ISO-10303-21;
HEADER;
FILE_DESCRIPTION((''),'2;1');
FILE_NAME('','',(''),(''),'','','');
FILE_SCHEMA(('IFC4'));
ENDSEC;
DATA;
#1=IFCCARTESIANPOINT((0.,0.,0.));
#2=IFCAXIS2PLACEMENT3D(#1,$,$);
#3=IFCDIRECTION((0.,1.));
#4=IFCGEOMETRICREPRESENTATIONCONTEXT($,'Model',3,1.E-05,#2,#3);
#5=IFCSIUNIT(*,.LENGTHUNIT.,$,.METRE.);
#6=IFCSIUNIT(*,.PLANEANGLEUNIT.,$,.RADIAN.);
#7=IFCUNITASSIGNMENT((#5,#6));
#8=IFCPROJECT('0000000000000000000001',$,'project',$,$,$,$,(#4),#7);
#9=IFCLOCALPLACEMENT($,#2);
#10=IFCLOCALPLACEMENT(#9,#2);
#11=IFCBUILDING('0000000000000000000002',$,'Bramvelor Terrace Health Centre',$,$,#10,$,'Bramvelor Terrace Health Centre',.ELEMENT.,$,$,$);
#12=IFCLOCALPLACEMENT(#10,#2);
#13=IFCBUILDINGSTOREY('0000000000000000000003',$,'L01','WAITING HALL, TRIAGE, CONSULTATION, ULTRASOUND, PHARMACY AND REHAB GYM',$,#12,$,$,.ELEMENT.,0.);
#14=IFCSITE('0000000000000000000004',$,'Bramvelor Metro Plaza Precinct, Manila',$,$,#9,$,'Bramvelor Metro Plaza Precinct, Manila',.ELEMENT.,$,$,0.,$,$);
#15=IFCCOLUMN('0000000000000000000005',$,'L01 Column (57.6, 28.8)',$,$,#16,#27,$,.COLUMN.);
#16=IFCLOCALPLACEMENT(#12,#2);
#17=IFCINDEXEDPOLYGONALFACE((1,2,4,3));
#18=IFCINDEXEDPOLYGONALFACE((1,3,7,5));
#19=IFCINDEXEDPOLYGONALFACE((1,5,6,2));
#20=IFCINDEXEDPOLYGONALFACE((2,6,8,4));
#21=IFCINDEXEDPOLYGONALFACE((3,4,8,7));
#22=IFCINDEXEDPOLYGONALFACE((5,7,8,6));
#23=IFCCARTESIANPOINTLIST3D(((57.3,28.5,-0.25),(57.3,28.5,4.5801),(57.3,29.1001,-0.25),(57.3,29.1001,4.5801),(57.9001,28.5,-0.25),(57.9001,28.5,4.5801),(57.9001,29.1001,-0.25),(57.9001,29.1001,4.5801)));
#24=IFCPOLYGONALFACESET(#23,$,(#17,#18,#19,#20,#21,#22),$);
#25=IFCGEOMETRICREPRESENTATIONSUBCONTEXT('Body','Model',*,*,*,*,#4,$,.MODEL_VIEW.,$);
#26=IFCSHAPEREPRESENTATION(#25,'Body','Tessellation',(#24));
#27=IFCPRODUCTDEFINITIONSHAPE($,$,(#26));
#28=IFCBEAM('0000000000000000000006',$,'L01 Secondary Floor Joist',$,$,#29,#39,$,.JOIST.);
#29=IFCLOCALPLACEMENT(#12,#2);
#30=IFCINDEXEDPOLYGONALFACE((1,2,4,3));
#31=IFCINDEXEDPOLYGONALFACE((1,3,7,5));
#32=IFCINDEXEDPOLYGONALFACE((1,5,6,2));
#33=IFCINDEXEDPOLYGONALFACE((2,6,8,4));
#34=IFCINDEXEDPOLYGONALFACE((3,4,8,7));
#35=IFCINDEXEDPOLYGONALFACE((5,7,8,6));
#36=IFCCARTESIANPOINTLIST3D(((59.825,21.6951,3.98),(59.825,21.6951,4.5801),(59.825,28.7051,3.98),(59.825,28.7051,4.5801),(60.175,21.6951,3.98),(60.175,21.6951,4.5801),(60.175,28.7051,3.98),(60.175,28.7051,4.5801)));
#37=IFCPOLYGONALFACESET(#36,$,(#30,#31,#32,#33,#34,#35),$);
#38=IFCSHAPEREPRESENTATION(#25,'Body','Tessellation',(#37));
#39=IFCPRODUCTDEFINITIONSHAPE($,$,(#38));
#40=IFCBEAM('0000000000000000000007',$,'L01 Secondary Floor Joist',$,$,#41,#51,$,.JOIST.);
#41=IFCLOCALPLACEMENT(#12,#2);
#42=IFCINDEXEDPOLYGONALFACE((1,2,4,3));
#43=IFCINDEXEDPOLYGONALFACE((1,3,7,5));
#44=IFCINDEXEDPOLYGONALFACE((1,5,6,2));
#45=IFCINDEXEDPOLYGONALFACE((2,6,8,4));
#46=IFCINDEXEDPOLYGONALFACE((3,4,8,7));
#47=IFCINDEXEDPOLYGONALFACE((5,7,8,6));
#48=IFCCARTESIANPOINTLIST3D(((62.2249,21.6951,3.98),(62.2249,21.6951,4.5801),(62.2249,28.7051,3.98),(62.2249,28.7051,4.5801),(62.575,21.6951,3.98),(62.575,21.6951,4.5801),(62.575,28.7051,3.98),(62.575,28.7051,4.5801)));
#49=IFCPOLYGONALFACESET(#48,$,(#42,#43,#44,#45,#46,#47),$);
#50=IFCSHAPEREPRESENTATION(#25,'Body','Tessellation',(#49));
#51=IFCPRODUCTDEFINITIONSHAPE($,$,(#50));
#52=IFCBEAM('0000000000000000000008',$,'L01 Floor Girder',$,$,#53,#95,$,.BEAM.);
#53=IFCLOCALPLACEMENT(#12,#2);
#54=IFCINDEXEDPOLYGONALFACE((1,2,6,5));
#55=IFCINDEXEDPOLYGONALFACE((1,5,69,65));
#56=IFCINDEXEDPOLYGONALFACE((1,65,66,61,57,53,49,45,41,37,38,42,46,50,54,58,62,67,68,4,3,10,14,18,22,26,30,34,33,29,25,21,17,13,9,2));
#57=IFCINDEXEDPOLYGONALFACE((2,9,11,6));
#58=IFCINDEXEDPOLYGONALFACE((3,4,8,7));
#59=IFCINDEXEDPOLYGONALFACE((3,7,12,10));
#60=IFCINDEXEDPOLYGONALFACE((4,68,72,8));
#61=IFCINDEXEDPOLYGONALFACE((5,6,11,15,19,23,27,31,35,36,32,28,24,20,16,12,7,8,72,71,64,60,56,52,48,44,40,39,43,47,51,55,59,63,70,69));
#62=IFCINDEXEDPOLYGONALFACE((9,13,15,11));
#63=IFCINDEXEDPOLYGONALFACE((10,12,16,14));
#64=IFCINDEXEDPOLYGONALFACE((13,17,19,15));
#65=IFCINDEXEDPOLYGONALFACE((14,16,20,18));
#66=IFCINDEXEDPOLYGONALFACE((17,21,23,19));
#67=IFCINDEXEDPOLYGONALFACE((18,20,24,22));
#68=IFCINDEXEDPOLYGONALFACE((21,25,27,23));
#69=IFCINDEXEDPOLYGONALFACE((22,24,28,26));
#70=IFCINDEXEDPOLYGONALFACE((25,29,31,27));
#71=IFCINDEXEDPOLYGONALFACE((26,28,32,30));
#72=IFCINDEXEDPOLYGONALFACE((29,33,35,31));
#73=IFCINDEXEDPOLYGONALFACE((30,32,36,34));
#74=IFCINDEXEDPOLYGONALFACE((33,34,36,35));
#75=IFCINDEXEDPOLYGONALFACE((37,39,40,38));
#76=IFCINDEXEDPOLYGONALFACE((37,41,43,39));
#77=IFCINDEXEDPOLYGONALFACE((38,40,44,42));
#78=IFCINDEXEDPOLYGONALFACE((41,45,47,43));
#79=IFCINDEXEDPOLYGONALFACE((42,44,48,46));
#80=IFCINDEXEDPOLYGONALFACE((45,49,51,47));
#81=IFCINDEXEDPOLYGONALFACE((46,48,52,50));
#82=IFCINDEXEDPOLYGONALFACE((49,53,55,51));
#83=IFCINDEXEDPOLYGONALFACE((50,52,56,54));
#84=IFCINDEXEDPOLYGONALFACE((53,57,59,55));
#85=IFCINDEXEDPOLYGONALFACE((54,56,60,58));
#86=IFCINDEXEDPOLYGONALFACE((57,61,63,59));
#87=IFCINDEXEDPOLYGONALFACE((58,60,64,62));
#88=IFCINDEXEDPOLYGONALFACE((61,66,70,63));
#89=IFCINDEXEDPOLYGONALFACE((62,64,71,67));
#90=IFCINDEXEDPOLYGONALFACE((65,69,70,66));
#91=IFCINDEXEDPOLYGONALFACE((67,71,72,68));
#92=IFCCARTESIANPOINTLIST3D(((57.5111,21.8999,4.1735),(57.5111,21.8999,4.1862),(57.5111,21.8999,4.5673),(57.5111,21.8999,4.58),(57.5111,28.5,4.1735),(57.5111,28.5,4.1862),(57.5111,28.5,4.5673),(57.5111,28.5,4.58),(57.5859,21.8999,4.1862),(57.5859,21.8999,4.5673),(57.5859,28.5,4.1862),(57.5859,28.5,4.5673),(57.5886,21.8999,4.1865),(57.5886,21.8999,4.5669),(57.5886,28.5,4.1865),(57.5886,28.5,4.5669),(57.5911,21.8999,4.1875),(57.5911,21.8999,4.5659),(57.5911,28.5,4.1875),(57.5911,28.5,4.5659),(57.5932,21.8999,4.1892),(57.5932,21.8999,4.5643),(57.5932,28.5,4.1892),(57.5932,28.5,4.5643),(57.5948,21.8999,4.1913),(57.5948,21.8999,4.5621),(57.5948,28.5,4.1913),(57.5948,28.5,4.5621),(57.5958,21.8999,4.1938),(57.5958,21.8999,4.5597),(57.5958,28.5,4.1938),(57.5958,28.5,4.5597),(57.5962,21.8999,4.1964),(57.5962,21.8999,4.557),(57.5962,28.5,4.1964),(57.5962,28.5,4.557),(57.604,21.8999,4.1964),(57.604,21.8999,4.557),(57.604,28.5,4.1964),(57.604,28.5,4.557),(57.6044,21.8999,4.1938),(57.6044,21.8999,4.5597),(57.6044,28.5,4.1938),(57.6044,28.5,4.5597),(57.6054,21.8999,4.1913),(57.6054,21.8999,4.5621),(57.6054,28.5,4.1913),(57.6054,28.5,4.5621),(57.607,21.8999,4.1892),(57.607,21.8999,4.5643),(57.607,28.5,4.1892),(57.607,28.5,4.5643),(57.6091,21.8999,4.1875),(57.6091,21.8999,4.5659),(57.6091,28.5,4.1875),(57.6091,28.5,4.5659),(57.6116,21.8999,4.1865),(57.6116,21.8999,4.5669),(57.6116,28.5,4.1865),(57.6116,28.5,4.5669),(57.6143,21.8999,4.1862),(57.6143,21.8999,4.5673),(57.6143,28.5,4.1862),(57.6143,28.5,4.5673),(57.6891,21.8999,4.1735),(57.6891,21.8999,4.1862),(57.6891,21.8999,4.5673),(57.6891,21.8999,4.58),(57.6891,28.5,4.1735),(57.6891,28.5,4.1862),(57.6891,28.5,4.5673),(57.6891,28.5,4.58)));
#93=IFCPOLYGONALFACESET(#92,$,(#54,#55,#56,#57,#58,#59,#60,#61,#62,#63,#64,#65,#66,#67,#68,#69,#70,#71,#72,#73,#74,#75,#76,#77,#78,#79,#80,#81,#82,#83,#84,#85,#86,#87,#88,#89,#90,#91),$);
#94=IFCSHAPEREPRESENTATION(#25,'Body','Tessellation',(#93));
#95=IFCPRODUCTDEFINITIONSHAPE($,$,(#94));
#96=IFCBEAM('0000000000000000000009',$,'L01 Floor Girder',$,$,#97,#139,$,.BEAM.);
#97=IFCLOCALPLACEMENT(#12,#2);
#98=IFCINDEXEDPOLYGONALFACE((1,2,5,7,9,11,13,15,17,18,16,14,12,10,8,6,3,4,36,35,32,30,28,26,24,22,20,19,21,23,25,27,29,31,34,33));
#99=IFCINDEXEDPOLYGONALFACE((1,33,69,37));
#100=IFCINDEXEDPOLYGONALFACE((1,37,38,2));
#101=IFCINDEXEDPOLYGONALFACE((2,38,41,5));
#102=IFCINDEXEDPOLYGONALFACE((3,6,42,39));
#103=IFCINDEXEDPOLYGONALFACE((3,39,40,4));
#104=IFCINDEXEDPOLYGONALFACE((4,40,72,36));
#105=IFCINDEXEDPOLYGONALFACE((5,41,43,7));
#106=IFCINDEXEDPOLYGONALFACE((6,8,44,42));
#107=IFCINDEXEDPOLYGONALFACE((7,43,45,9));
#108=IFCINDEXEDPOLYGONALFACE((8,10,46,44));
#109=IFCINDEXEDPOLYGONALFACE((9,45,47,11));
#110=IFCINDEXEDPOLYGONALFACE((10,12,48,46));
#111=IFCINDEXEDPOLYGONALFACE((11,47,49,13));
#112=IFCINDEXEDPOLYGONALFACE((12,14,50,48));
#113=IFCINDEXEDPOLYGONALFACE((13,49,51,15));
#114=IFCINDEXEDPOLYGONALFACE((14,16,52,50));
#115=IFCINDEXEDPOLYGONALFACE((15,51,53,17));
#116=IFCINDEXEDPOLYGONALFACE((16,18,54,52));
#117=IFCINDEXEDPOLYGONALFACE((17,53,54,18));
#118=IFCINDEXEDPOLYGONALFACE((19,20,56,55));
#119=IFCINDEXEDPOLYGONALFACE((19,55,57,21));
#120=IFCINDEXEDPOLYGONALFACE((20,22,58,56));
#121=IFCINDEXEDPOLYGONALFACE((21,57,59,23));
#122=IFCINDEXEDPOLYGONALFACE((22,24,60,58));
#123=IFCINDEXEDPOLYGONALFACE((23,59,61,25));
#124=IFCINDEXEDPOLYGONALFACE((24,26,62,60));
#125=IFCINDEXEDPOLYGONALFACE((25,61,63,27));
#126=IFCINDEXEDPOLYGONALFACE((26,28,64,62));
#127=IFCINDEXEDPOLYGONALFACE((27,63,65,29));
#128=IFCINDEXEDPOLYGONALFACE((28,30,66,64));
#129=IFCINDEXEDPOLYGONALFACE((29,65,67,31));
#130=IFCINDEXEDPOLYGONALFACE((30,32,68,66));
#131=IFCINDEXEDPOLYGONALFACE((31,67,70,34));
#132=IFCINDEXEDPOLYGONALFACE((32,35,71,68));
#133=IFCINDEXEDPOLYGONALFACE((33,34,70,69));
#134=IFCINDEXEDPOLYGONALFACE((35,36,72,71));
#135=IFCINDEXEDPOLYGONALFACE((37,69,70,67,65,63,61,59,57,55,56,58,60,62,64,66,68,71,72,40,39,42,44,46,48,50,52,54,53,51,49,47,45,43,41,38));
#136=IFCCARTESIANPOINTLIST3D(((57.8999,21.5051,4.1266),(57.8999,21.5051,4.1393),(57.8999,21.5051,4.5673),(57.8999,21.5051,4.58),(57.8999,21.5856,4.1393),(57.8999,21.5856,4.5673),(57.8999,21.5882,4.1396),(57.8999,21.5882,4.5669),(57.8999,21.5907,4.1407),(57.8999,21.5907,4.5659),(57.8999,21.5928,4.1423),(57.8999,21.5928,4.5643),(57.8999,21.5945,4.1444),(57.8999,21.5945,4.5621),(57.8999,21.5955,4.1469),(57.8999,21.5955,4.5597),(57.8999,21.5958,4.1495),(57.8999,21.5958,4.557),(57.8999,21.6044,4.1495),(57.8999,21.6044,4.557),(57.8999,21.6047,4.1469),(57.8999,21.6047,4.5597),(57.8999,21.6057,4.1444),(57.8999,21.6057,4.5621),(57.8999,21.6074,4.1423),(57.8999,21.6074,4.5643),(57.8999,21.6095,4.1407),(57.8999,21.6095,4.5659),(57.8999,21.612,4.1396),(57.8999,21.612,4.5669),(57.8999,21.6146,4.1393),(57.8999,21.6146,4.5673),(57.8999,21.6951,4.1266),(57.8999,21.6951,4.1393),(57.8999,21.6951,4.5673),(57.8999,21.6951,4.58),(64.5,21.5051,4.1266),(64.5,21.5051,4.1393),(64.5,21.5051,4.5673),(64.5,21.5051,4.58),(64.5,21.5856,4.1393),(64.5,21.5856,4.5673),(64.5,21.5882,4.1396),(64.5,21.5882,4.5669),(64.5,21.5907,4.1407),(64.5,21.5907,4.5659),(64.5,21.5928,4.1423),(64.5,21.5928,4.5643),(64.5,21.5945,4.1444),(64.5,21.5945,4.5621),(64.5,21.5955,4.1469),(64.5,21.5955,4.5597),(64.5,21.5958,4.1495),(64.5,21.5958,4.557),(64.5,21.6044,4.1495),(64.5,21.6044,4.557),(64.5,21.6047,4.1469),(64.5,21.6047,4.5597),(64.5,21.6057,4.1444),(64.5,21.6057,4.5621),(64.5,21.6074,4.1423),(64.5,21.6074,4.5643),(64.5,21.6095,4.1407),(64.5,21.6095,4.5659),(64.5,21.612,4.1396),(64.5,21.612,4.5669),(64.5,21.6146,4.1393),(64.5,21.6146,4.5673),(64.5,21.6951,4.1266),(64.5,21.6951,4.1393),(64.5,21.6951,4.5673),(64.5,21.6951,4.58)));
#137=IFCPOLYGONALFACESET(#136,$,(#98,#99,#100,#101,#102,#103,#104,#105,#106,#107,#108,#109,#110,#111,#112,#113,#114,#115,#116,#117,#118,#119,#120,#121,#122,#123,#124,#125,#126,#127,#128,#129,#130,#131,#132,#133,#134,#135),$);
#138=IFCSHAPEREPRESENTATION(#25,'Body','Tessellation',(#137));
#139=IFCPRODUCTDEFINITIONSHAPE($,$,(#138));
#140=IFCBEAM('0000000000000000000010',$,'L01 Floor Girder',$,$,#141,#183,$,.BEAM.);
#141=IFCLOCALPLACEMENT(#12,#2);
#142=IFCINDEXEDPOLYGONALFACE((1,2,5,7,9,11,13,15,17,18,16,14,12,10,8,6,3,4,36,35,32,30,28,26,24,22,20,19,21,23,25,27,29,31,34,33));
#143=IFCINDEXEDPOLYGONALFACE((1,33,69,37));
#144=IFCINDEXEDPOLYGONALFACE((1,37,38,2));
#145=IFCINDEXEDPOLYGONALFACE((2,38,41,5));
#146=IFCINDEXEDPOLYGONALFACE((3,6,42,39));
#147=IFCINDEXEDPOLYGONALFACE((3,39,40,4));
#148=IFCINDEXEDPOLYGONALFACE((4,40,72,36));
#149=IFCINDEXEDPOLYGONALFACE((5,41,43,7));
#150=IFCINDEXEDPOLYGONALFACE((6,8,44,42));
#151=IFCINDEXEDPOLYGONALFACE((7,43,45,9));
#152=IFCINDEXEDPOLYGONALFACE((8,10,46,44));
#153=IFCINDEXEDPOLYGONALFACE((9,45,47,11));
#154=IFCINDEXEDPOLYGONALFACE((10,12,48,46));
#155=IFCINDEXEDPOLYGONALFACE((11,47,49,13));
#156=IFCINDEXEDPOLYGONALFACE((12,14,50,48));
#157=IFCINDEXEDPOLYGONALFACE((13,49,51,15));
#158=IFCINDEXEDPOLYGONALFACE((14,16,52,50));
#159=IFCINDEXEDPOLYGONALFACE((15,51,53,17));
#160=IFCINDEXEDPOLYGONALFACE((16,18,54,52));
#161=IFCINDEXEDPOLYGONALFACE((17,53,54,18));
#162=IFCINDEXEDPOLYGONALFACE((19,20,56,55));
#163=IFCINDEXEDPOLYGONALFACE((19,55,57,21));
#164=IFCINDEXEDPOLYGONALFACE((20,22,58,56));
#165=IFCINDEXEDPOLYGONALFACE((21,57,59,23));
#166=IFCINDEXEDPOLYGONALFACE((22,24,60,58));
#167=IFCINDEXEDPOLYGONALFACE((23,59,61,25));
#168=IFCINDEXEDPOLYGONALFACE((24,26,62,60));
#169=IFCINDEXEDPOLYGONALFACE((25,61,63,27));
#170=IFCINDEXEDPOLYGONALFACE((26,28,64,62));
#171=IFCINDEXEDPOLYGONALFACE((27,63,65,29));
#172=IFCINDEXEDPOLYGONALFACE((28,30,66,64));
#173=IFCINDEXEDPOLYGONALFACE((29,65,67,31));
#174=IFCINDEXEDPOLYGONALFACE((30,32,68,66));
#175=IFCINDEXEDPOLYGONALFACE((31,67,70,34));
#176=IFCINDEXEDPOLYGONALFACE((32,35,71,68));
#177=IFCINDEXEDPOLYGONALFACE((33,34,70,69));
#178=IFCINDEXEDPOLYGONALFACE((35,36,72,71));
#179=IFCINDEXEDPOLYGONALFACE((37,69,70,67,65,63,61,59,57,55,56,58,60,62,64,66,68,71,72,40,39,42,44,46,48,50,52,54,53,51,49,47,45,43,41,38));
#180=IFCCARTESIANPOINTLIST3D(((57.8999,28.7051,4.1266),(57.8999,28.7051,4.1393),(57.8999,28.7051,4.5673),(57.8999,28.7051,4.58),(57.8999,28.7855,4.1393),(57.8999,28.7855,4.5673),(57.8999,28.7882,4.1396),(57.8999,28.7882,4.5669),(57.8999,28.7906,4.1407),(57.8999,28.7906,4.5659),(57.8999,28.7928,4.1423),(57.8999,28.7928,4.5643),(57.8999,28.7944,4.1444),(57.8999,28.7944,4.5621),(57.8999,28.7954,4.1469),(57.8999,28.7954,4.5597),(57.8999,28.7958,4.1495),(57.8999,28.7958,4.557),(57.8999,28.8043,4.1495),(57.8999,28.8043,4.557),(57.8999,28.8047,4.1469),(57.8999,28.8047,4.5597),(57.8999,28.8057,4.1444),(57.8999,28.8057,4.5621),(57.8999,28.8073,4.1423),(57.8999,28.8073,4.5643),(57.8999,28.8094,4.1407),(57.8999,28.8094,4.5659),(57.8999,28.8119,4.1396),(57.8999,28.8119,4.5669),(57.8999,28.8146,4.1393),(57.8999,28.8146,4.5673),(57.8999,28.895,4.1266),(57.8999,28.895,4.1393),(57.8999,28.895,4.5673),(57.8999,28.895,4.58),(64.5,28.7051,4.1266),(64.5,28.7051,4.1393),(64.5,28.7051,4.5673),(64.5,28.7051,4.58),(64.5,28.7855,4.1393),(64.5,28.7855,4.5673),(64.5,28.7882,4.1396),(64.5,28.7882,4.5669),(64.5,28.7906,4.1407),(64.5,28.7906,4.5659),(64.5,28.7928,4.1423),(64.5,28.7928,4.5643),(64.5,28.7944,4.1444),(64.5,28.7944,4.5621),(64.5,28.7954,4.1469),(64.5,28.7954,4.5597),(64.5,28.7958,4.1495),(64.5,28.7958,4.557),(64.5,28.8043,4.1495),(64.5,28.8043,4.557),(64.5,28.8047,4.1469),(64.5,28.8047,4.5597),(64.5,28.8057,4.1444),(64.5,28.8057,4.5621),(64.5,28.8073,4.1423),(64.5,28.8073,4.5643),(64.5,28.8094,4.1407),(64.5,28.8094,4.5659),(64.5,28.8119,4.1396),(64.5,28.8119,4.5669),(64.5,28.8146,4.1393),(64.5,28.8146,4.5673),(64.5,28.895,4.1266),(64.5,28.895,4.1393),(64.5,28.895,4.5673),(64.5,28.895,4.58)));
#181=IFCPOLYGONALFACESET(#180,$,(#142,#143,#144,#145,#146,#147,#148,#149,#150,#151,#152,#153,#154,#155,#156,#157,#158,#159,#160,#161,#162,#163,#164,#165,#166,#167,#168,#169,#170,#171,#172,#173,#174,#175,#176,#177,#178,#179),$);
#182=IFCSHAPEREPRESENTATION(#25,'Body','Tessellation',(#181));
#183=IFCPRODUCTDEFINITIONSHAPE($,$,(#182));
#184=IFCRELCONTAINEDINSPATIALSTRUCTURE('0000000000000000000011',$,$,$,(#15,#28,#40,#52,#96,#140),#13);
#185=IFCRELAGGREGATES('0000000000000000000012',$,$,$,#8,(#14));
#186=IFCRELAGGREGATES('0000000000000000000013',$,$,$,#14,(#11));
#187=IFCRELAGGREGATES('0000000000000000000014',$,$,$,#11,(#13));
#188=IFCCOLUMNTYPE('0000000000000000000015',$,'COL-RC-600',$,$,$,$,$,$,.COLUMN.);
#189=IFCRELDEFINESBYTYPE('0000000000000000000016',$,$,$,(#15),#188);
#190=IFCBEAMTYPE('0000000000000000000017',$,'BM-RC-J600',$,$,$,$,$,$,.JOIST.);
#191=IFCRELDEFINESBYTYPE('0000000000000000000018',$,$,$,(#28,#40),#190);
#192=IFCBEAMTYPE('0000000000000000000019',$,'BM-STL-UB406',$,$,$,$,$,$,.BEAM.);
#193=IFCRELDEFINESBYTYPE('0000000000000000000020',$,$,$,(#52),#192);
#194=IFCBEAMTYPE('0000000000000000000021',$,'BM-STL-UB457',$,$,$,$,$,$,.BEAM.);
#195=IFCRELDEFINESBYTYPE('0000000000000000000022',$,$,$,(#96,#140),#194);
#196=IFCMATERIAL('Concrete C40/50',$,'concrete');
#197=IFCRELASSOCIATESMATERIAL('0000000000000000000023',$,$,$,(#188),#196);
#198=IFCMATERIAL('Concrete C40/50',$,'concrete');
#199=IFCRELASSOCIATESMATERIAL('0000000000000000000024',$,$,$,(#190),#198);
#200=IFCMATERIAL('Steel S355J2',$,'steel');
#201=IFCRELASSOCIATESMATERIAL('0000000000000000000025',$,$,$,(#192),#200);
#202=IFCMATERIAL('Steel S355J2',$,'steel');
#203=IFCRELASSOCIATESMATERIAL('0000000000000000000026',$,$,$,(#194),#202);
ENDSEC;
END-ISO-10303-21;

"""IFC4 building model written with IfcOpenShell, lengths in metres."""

from ifc_helpers import new_model, si_unit, direction, frame, origin, origin_2d, place, context, subcontext, project, spatial, rectangle, i_section, extrude, material, material_profile, profile_set, type_object, element, save


model = new_model("IFC4")

# Units and contexts
model_context = context("Model", 3, precision=1e-05, world=origin(), true_north=direction((0.0, 1.0)))
body_context = subcontext(model_context, "Body", "Model", "MODEL_VIEW")
ifc_project = project(units=[si_unit("LENGTHUNIT", "METRE"), si_unit("PLANEANGLEUNIT", "RADIAN")], contexts=[model_context])

# Site, building, storey
site_placement = place(None, origin())
site = spatial("IfcSite", under=ifc_project, at=site_placement, Name="Bramvelor Metro Plaza Precinct, Manila", LongName="Bramvelor Metro Plaza Precinct, Manila", CompositionType="ELEMENT", RefElevation=0.0)
building_placement = place(site_placement, origin())
building = spatial("IfcBuilding", under=site, at=building_placement, Name="Bramvelor Terrace Health Centre", LongName="Bramvelor Terrace Health Centre", CompositionType="ELEMENT")
storey_placement = place(building_placement, origin())
storey = spatial("IfcBuildingStorey", under=building, at=storey_placement, Name="L01", Description="WAITING HALL, TRIAGE, CONSULTATION, ULTRASOUND, PHARMACY AND REHAB GYM", CompositionType="ELEMENT", Elevation=0.0)

# Column
ifc_material_1 = material(Name="Concrete C40/50", Category="concrete")
ifc_material_profile_1 = material_profile(ifc_material_1, rectangle(XDim=0.6001, YDim=0.6001, at=origin_2d()), Name="RC 600x600")
ifc_profile_set_1 = profile_set([ifc_material_profile_1], Name="Concrete C40/50")
column_type = type_object("IfcColumnType", Name="COL-RC-600", PredefinedType="COLUMN", material=ifc_profile_set_1)
for number, where, z_axis, x_axis, name in (
    (1, (57.6001, 28.8, -0.25), (0.0, 0.0, 1.0), (1.0, 0.0, 0.0), "L01 Column (57.6, 28.8)"),
):
    element("IfcColumn", number, at=place(storey_placement, frame(where, z_axis=z_axis, x_axis=x_axis)), inside=storey, type_object=column_type, Name=name, PredefinedType="COLUMN", context=body_context, shape_type="SweptSolid", body=[
        extrude(rectangle(XDim=0.6001, YDim=0.6001, at=origin_2d()), origin(), (0.0, 0.0, 1.0), 4.8301),
    ])

# Beams
ifc_material_2 = material(Name="Concrete C40/50", Category="concrete")
ifc_material_profile_2 = material_profile(ifc_material_2, rectangle(XDim=0.3501, YDim=0.6001, at=origin_2d()), Name="RC 350x600")
ifc_profile_set_2 = profile_set([ifc_material_profile_2], Name="Concrete C40/50")
beam_type_1 = type_object("IfcBeamType", Name="BM-RC-J600", PredefinedType="JOIST", material=ifc_profile_set_2)
for number, where, z_axis, x_axis, name in (
    (2, (60.0, 21.6951, 4.28), (0.0, 1.0, 0.0), (-1.0, 0.0, 0.0), "L01 Secondary Floor Joist"),
    (3, (62.3999, 21.6951, 4.28), (0.0, 1.0, 0.0), (-1.0, 0.0, 0.0), "L01 Secondary Floor Joist"),
):
    element("IfcBeam", number, at=place(storey_placement, frame(where, z_axis=z_axis, x_axis=x_axis)), inside=storey, type_object=beam_type_1, Name=name, PredefinedType="JOIST", context=body_context, shape_type="SweptSolid", body=[
        extrude(rectangle(XDim=0.3501, YDim=0.6001, at=origin_2d()), origin(), (0.0, 0.0, 1.0), 7.01),
    ])
ifc_material_3 = material(Name="Steel S355J2", Category="steel")
ifc_material_profile_3 = material_profile(ifc_material_3, i_section(OverallWidth=0.178, OverallDepth=0.4065, WebThickness=0.0078, FlangeThickness=0.0127, FilletRadius=0.0103, at=origin_2d()), Name="UB 406x178x60")
ifc_profile_set_3 = profile_set([ifc_material_profile_3], Name="Steel S355J2")
beam_type_2 = type_object("IfcBeamType", Name="BM-STL-UB406", PredefinedType="BEAM", material=ifc_profile_set_3)
beam_placement = place(storey_placement, frame((57.6001, 21.8999, 4.3767), z_axis=(0.0, 1.0, 0.0), x_axis=(-1.0, 0.0, 0.0)))
element("IfcBeam", 4, at=beam_placement, inside=storey, type_object=beam_type_2, Name="L01 Floor Girder", PredefinedType="BEAM", context=body_context, shape_type="SweptSolid", body=[
    extrude(i_section(OverallWidth=0.178, OverallDepth=0.4065, WebThickness=0.0078, FlangeThickness=0.0127, FilletRadius=0.0103, at=origin_2d()), origin(), (0.0, 0.0, 1.0), 6.6001),
])
ifc_material_4 = material(Name="Steel S355J2", Category="steel")
ifc_material_profile_4 = material_profile(ifc_material_4, i_section(OverallWidth=0.1899, OverallDepth=0.4534, WebThickness=0.0085, FlangeThickness=0.0127, FilletRadius=0.0103, at=origin_2d()), Name="UB 457x191x67")
ifc_profile_set_4 = profile_set([ifc_material_profile_4], Name="Steel S355J2")
beam_type_3 = type_object("IfcBeamType", Name="BM-STL-UB457", PredefinedType="BEAM", material=ifc_profile_set_4)
for number, where, z_axis, x_axis, name in (
    (5, (57.8999, 21.6001, 4.3533), (1.0, 0.0, 0.0), (0.0, 1.0, 0.0), "L01 Floor Girder"),
    (6, (57.8999, 28.8, 4.3533), (1.0, 0.0, 0.0), (0.0, 1.0, 0.0), "L01 Floor Girder"),
):
    element("IfcBeam", number, at=place(storey_placement, frame(where, z_axis=z_axis, x_axis=x_axis)), inside=storey, type_object=beam_type_3, Name=name, PredefinedType="BEAM", context=body_context, shape_type="SweptSolid", body=[
        extrude(i_section(OverallWidth=0.1899, OverallDepth=0.4534, WebThickness=0.0085, FlangeThickness=0.0127, FilletRadius=0.0103, at=origin_2d()), origin(), (0.0, 0.0, 1.0), 6.6001),
    ])

save(model, "model.ifc")
